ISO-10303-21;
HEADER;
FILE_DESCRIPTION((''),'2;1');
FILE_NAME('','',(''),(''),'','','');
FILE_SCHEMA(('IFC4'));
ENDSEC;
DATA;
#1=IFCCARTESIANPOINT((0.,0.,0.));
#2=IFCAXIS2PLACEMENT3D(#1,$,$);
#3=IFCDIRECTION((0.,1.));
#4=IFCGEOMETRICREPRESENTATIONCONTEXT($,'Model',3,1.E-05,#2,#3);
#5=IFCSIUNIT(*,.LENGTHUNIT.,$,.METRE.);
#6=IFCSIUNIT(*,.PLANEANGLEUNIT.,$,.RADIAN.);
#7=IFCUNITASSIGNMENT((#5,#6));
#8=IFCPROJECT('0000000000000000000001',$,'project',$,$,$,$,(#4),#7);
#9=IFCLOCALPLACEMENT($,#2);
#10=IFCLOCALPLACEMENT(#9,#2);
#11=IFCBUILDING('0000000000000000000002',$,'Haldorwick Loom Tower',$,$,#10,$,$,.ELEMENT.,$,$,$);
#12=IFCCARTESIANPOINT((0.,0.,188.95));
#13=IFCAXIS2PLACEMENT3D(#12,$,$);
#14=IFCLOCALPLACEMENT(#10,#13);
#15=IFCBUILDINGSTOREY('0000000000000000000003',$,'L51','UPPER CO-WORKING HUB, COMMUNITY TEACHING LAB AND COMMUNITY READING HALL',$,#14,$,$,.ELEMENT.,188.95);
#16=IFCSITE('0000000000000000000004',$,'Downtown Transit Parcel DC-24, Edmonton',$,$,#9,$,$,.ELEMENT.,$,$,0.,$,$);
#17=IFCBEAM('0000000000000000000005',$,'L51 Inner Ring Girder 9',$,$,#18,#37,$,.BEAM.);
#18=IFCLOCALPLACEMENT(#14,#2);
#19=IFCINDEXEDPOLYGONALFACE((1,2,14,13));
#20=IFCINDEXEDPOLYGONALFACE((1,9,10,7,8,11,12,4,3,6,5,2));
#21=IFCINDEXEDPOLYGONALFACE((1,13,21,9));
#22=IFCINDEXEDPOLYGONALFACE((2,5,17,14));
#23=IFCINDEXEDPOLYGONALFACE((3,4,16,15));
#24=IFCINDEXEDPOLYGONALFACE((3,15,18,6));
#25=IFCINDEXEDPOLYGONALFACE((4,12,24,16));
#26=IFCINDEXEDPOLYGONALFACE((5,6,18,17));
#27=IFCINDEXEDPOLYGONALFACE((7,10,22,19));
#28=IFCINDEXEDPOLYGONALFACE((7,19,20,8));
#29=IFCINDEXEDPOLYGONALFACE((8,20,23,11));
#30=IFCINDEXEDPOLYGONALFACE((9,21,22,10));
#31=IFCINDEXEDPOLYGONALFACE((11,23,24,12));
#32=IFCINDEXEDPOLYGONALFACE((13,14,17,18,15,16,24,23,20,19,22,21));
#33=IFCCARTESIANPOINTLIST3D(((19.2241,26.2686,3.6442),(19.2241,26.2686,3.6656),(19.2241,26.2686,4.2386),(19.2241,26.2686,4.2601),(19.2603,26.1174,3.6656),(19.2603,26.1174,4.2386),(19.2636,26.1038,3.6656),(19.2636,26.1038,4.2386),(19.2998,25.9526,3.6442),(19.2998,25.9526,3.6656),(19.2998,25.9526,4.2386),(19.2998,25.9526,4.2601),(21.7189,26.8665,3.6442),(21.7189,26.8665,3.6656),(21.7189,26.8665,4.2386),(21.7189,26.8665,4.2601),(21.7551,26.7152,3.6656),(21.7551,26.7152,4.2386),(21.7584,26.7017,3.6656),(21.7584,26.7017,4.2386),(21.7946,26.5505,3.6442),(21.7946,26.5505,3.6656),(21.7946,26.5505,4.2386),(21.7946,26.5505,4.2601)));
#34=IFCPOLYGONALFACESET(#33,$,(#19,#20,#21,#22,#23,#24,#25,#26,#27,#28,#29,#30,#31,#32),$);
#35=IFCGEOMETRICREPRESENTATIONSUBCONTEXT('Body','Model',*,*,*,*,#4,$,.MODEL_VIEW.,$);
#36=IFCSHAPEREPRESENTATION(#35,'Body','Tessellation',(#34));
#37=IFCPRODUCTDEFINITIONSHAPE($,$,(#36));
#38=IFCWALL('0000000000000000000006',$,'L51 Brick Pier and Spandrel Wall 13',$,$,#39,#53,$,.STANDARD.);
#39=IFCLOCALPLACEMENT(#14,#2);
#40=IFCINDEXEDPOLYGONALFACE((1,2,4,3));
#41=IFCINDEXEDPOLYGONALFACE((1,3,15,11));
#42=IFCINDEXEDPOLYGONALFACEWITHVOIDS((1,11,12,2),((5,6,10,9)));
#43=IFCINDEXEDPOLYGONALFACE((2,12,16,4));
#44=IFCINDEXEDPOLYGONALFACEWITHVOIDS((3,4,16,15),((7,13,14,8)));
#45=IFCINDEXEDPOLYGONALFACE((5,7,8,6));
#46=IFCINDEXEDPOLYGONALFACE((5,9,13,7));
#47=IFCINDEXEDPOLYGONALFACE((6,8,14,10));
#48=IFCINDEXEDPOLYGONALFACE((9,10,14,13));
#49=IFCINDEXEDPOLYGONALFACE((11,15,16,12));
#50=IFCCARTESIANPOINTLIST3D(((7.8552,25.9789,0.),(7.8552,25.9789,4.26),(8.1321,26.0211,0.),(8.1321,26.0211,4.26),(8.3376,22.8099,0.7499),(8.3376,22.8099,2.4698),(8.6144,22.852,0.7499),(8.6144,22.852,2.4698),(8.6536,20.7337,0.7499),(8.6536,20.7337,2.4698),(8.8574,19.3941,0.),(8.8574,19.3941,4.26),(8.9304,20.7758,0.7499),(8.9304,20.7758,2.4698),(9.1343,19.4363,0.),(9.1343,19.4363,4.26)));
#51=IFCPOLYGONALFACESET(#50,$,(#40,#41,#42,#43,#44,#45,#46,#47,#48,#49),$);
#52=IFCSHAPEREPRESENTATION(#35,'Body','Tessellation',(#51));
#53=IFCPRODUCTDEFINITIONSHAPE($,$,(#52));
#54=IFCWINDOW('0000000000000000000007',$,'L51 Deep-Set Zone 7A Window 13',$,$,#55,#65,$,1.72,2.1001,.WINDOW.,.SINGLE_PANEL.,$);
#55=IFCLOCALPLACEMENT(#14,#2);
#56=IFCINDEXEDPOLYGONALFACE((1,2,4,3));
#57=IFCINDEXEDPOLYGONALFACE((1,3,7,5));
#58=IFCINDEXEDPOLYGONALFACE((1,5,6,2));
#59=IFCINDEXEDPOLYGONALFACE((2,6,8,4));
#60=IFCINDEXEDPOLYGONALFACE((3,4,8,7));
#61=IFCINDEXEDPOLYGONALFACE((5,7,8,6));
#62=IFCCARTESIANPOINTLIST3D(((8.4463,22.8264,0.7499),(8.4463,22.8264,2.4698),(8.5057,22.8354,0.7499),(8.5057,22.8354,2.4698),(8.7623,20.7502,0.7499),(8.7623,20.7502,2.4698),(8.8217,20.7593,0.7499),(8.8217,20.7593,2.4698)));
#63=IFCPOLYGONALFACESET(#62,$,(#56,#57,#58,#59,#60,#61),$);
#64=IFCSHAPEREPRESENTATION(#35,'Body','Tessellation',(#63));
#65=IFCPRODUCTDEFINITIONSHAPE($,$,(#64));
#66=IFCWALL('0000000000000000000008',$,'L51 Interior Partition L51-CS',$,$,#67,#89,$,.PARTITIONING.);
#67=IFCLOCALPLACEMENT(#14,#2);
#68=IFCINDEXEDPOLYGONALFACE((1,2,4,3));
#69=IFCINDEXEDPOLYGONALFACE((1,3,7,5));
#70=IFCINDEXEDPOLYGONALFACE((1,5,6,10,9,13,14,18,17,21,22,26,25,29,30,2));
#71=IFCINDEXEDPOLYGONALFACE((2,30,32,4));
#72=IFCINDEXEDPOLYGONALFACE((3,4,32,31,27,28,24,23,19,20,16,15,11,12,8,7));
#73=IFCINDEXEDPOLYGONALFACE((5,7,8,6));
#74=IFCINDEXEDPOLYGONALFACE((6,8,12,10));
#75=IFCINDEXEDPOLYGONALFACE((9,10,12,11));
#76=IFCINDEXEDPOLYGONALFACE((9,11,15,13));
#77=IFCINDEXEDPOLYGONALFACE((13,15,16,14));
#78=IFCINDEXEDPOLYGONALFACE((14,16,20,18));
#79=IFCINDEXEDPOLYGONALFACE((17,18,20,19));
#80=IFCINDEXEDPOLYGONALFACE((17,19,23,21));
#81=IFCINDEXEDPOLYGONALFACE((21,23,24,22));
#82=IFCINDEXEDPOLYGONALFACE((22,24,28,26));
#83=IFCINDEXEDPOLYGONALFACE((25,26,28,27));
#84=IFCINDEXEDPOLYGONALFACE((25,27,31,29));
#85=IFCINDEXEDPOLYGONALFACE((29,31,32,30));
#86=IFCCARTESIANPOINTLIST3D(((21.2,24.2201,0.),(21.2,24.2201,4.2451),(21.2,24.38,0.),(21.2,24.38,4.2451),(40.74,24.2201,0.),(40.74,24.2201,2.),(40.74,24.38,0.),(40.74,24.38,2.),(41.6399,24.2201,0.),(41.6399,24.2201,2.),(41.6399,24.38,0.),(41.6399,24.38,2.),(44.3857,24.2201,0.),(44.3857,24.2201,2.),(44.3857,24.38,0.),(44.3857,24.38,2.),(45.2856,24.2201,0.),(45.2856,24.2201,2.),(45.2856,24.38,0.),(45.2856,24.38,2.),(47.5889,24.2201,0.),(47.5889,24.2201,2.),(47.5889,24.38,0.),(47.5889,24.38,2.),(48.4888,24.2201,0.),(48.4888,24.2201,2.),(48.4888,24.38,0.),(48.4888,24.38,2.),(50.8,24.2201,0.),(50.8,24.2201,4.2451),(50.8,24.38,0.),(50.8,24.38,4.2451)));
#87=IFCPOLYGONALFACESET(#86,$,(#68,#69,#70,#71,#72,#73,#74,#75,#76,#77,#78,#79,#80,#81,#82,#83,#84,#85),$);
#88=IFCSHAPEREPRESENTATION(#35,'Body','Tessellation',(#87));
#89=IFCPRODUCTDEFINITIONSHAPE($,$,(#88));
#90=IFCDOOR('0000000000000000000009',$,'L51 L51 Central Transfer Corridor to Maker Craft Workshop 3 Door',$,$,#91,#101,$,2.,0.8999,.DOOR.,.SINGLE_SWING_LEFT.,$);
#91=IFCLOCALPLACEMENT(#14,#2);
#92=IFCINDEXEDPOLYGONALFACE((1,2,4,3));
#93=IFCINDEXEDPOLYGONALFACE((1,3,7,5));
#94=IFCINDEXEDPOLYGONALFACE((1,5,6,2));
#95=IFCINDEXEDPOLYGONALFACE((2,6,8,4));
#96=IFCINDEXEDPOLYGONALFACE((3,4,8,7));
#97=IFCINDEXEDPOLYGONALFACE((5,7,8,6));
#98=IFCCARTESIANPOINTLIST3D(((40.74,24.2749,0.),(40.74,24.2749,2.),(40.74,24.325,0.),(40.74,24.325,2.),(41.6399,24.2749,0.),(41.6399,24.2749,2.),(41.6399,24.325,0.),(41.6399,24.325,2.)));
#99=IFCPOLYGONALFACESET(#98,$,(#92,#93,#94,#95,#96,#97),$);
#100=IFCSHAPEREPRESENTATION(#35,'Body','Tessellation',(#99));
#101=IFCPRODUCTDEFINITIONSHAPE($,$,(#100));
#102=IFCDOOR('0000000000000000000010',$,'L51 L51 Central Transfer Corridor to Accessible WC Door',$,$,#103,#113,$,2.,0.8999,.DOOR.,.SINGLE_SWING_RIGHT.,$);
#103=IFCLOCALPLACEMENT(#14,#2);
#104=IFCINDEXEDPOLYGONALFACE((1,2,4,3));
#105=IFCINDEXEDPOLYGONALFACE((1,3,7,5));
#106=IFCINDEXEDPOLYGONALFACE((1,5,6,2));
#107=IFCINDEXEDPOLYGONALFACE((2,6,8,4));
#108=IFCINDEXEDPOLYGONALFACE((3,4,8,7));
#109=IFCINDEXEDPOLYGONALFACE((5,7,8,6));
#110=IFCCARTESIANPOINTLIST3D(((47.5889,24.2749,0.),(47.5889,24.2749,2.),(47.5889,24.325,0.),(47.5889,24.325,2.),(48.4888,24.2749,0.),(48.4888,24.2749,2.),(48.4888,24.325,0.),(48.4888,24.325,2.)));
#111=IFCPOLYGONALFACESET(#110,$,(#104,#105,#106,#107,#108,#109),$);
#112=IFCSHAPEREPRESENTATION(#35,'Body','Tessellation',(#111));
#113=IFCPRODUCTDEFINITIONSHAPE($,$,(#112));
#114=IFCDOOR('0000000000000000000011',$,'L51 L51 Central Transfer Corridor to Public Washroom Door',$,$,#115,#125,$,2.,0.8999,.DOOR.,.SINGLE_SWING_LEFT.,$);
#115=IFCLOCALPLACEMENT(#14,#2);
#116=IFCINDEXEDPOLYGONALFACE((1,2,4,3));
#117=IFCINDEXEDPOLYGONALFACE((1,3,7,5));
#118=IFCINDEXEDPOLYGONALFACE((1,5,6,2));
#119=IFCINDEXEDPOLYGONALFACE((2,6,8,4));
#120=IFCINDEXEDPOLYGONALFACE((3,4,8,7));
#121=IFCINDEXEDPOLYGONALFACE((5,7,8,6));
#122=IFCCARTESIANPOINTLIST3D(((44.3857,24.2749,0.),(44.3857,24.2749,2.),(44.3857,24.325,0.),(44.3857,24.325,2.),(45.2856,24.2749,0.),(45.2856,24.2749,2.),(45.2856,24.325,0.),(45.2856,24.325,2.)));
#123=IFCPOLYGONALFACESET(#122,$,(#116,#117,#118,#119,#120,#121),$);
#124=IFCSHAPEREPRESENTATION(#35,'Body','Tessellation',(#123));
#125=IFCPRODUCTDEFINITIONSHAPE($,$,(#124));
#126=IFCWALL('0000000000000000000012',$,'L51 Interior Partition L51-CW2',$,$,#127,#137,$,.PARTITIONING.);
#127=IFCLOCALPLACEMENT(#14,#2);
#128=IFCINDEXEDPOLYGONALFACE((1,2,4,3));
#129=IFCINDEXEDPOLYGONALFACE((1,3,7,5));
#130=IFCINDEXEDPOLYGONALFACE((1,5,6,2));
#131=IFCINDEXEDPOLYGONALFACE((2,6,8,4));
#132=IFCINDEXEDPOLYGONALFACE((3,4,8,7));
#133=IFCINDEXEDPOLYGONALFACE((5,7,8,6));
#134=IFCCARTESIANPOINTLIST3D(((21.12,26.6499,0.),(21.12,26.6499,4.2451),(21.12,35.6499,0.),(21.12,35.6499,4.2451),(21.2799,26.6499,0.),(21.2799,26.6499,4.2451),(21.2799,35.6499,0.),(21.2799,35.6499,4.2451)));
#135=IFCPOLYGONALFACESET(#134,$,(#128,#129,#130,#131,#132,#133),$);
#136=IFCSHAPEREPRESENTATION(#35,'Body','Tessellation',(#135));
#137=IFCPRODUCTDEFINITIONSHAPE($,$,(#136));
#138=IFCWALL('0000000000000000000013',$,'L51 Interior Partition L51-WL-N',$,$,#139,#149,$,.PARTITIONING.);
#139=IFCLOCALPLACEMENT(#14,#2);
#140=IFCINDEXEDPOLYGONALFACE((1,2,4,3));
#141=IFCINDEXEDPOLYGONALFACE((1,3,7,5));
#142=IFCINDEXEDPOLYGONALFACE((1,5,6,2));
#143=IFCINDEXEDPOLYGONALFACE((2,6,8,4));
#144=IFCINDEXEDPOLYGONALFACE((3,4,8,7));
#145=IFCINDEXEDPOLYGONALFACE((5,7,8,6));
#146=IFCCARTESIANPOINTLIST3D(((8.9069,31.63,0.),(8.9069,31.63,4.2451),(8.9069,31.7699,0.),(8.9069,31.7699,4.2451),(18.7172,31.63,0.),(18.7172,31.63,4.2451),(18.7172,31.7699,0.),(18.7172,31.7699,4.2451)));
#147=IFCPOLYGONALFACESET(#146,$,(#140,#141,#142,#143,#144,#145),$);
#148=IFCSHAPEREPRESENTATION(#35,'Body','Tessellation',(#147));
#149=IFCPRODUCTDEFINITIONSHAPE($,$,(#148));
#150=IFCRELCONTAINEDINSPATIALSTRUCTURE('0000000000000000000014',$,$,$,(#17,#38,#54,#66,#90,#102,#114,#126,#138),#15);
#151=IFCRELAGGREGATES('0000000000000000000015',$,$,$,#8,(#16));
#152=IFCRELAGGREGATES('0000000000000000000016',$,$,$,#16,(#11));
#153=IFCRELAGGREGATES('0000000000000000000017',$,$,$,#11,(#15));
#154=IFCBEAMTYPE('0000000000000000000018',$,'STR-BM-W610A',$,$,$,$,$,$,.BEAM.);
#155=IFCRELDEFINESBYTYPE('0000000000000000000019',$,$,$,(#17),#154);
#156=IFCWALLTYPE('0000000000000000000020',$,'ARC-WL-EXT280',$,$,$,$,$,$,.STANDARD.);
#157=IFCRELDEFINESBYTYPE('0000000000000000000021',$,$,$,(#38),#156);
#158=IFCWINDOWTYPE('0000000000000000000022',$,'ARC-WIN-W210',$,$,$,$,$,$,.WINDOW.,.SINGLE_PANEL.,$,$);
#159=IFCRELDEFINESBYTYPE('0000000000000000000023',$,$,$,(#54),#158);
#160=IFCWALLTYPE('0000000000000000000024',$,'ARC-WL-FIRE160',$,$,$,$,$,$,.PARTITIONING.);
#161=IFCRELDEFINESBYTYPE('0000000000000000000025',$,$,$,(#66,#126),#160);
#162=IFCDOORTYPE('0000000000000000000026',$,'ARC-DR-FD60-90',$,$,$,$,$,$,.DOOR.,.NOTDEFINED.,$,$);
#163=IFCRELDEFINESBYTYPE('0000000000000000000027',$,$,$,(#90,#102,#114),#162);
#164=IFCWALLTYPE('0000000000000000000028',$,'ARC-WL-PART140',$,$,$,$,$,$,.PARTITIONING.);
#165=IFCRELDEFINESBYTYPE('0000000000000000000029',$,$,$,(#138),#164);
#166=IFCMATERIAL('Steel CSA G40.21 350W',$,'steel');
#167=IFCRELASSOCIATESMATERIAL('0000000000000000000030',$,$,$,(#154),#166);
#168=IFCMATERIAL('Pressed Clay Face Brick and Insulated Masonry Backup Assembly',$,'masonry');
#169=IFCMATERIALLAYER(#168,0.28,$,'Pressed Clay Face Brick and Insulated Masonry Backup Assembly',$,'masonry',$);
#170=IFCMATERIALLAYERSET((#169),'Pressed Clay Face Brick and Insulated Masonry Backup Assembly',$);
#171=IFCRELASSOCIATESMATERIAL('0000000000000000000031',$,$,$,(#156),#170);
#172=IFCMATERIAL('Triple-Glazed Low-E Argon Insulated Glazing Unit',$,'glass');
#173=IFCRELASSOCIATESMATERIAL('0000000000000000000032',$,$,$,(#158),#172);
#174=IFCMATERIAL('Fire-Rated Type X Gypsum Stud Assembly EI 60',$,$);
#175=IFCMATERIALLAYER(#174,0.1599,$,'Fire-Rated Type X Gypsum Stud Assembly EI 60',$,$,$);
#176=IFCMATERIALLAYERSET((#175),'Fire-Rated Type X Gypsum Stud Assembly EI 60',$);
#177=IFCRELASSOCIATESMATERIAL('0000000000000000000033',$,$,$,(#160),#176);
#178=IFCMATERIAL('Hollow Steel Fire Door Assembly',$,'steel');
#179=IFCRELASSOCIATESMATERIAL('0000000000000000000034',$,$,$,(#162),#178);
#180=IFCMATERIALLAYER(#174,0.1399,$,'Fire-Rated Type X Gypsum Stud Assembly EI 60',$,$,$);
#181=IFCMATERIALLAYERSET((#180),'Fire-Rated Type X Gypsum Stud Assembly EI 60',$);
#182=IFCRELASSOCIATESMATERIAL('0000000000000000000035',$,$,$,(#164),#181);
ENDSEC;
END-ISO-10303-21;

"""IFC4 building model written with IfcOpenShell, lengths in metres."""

from ifc_helpers import new_model, si_unit, direction, frame, frame_2d, origin, origin_2d, place, context, subcontext, project, spatial, rectangle, i_section, extrude, material, layer, layer_set, material_profile, profile_set, type_object, element, fill, save


model = new_model("IFC4")

# Units and contexts
model_context = context("Model", 3, precision=1e-05, world=origin(), true_north=direction((0.0, 1.0)))
body_context = subcontext(model_context, "Body", "Model", "MODEL_VIEW")
ifc_project = project(units=[si_unit("LENGTHUNIT", "METRE"), si_unit("PLANEANGLEUNIT", "RADIAN")], contexts=[model_context])

# Site, building, storey
site_placement = place(None, origin())
site = spatial("IfcSite", under=ifc_project, at=site_placement, Name="Downtown Transit Parcel DC-24, Edmonton", CompositionType="ELEMENT", RefElevation=0.0)
building_placement = place(site_placement, origin())
building = spatial("IfcBuilding", under=site, at=building_placement, Name="Haldorwick Loom Tower", CompositionType="ELEMENT")
storey_placement = place(building_placement, frame((0.0, 0.0, 188.95)))
storey = spatial("IfcBuildingStorey", under=building, at=storey_placement, Name="L51", Description="UPPER CO-WORKING HUB, COMMUNITY TEACHING LAB AND COMMUNITY READING HALL", CompositionType="ELEMENT", Elevation=188.95)

# Beam
ifc_material_1 = material(Name="Steel CSA G40.21 350W", Category="steel")
ifc_material_profile_1 = material_profile(ifc_material_1, i_section(OverallWidth=0.325, OverallDepth=0.616, WebThickness=0.0139, FlangeThickness=0.0215, at=origin_2d()), Name="W610X174", Category="steel")
ifc_profile_set_1 = profile_set([ifc_material_profile_1], Name="Steel CSA G40.21 350W")
beam_type_1 = type_object("IfcBeamType", Name="STR-BM-W610A", PredefinedType="BEAM", material=ifc_profile_set_1)
beam_1_placement = place(storey_placement, frame((19.262, 26.1106, 3.9521), z_axis=(0.972464, 0.233053, 0.0), x_axis=(-0.233053, 0.972464, 0.0)))
element("IfcBeam", 1, at=beam_1_placement, inside=storey, type_object=beam_type_1, Name="L51 Inner Ring Girder 9", PredefinedType="BEAM", context=body_context, shape_type="SweptSolid", body=[
    extrude(i_section(OverallWidth=0.325, OverallDepth=0.616, WebThickness=0.0139, FlangeThickness=0.0215, at=origin_2d()), origin(), (0.0, 0.0, 1.0), 2.5654),
])

# Wall, opening, window
ifc_material_2 = material(Name="Pressed Clay Face Brick and Insulated Masonry Backup Assembly", Category="masonry")
ifc_layer_1 = layer(ifc_material_2, 0.28, Name="Pressed Clay Face Brick and Insulated Masonry Backup Assembly", Category="masonry")
ifc_layer_set_1 = layer_set([ifc_layer_1], Name="Pressed Clay Face Brick and Insulated Masonry Backup Assembly")
wall_type_1 = type_object("IfcWallType", Name="ARC-WL-EXT280", PredefinedType="STANDARD", material=ifc_layer_set_1)
wall_1_placement = place(storey_placement, frame((7.9937, 26.0, 0.0), z_axis=(0.0, 0.0, 1.0), x_axis=(0.150468, -0.988615, 0.0)))
wall_1 = element("IfcWall", 2, at=wall_1_placement, inside=storey, type_object=wall_type_1, Name="L51 Brick Pier and Spandrel Wall 13", PredefinedType="STANDARD", context=body_context, shape_type="SweptSolid", body=[
    extrude(rectangle(XDim=6.6606, YDim=0.28, at=frame_2d((3.3303, 0.0))), origin(), (0.0, 0.0, 1.0), 4.26),
])
opening_1_placement = place(wall_1_placement, frame((3.2056, 0.0, 0.75)))
opening_1 = element("IfcOpeningElement", 3, at=opening_1_placement, cuts=wall_1, PredefinedType="OPENING", context=body_context, shape_type="SweptSolid", body=[
    extrude(rectangle(XDim=2.1001, YDim=1.72, at=frame_2d((1.05, 0.8599))), frame((0.0, 0.1499, 0.0), z_axis=(0.0, -1.0, 0.0), x_axis=(1.0, 0.0, 0.0)), (0.0, 0.0, 1.0), 0.3),
])
ifc_material_3 = material(Name="Triple-Glazed Low-E Argon Insulated Glazing Unit", Category="glass")
window_type = type_object("IfcWindowType", Name="ARC-WIN-W210", PartitioningType="SINGLE_PANEL", PredefinedType="WINDOW", material=ifc_material_3)
window_placement = place(opening_1_placement, origin())
window = element("IfcWindow", 4, at=window_placement, inside=storey, type_object=window_type, Name="L51 Deep-Set Zone 7A Window 13", OverallHeight=1.72, OverallWidth=2.1001, PartitioningType="SINGLE_PANEL", PredefinedType="WINDOW", context=body_context, shape_type="SweptSolid", body=[
    extrude(rectangle(XDim=2.1001, YDim=1.72, at=frame_2d((1.05, 0.8599))), frame((0.0, 0.03, 0.0), z_axis=(0.0, -1.0, 0.0), x_axis=(1.0, 0.0, 0.0)), (0.0, 0.0, 1.0), 0.0601),
])
fill(opening_1, window)

# Wall, openings, doors
ifc_material_4 = material(Name="Fire-Rated Type X Gypsum Stud Assembly EI 60")
ifc_layer_2 = layer(ifc_material_4, 0.1599, Name="Fire-Rated Type X Gypsum Stud Assembly EI 60")
ifc_layer_set_2 = layer_set([ifc_layer_2], Name="Fire-Rated Type X Gypsum Stud Assembly EI 60")
wall_type_2 = type_object("IfcWallType", Name="ARC-WL-FIRE160", PredefinedType="PARTITIONING", material=ifc_layer_set_2)
wall_2_placement = place(storey_placement, frame((21.2, 24.3, 0.0), z_axis=(0.0, 0.0, 1.0), x_axis=(1.0, 0.0, 0.0)))
wall_2 = element("IfcWall", 5, at=wall_2_placement, inside=storey, type_object=wall_type_2, Name="L51 Interior Partition L51-CS", PredefinedType="PARTITIONING", context=body_context, shape_type="SweptSolid", body=[
    extrude(rectangle(XDim=29.6001, YDim=0.1599, at=frame_2d((14.8, 0.0))), origin(), (0.0, 0.0, 1.0), 4.2451),
])
opening_2_placement = place(wall_2_placement, frame((19.54, 0.0, 0.0)))
opening_2 = element("IfcOpeningElement", 6, at=opening_2_placement, cuts=wall_2, PredefinedType="OPENING", context=body_context, shape_type="SweptSolid", body=[
    extrude(rectangle(XDim=0.8999, YDim=2.0, at=frame_2d((0.45, 1.0))), frame((0.0, 0.0898, 0.0), z_axis=(0.0, -1.0, 0.0), x_axis=(1.0, 0.0, 0.0)), (0.0, 0.0, 1.0), 0.1799),
])
opening_3_placement = place(wall_2_placement, frame((26.3889, 0.0, 0.0)))
opening_3 = element("IfcOpeningElement", 7, at=opening_3_placement, cuts=wall_2, PredefinedType="OPENING", context=body_context, shape_type="SweptSolid", body=[
    extrude(rectangle(XDim=0.8999, YDim=2.0, at=frame_2d((0.45, 1.0))), frame((0.0, 0.0898, 0.0), z_axis=(0.0, -1.0, 0.0), x_axis=(1.0, 0.0, 0.0)), (0.0, 0.0, 1.0), 0.1799),
])
opening_4_placement = place(wall_2_placement, frame((23.1858, 0.0, 0.0)))
opening_4 = element("IfcOpeningElement", 8, at=opening_4_placement, cuts=wall_2, PredefinedType="OPENING", context=body_context, shape_type="SweptSolid", body=[
    extrude(rectangle(XDim=0.8999, YDim=2.0, at=frame_2d((0.45, 1.0))), frame((0.0, 0.0898, 0.0), z_axis=(0.0, -1.0, 0.0), x_axis=(1.0, 0.0, 0.0)), (0.0, 0.0, 1.0), 0.1799),
])
ifc_material_5 = material(Name="Hollow Steel Fire Door Assembly", Category="steel")
door_type_1 = type_object("IfcDoorType", Name="ARC-DR-FD60-90", OperationType="NOTDEFINED", PredefinedType="DOOR", material=ifc_material_5)
door_1_placement = place(opening_2_placement, origin())
door_1 = element("IfcDoor", 9, at=door_1_placement, inside=storey, type_object=door_type_1, Name="L51 L51 Central Transfer Corridor to Maker Craft Workshop 3 Door", OperationType="SINGLE_SWING_LEFT", OverallHeight=2.0, OverallWidth=0.8999, PredefinedType="DOOR", context=body_context, shape_type="SweptSolid", body=[
    extrude(rectangle(XDim=0.8999, YDim=2.0, at=frame_2d((0.45, 1.0))), frame((0.0, 0.0249, 0.0), z_axis=(0.0, -1.0, 0.0), x_axis=(1.0, 0.0, 0.0)), (0.0, 0.0, 1.0), 0.05),
])
fill(opening_2, door_1)
door_2_placement = place(opening_3_placement, origin())
door_2 = element("IfcDoor", 10, at=door_2_placement, inside=storey, type_object=door_type_1, Name="L51 L51 Central Transfer Corridor to Accessible WC Door", OperationType="SINGLE_SWING_RIGHT", OverallHeight=2.0, OverallWidth=0.8999, PredefinedType="DOOR", context=body_context, shape_type="SweptSolid", body=[
    extrude(rectangle(XDim=0.8999, YDim=2.0, at=frame_2d((0.45, 1.0))), frame((0.0, 0.0249, 0.0), z_axis=(0.0, -1.0, 0.0), x_axis=(1.0, 0.0, 0.0)), (0.0, 0.0, 1.0), 0.05),
])
fill(opening_3, door_2)
door_3_placement = place(opening_4_placement, origin())
door_3 = element("IfcDoor", 11, at=door_3_placement, inside=storey, type_object=door_type_1, Name="L51 L51 Central Transfer Corridor to Public Washroom Door", OperationType="SINGLE_SWING_LEFT", OverallHeight=2.0, OverallWidth=0.8999, PredefinedType="DOOR", context=body_context, shape_type="SweptSolid", body=[
    extrude(rectangle(XDim=0.8999, YDim=2.0, at=frame_2d((0.45, 1.0))), frame((0.0, 0.0249, 0.0), z_axis=(0.0, -1.0, 0.0), x_axis=(1.0, 0.0, 0.0)), (0.0, 0.0, 1.0), 0.05),
])
fill(opening_4, door_3)

# Walls
wall_3_placement = place(storey_placement, frame((21.2, 26.6499, 0.0), z_axis=(0.0, 0.0, 1.0), x_axis=(0.0, 1.0, 0.0)))
element("IfcWall", 12, at=wall_3_placement, inside=storey, type_object=wall_type_2, Name="L51 Interior Partition L51-CW2", PredefinedType="PARTITIONING", context=body_context, shape_type="SweptSolid", body=[
    extrude(rectangle(XDim=9.0, YDim=0.1599, at=frame_2d((4.5, 0.0))), origin(), (0.0, 0.0, 1.0), 4.2451),
])
ifc_layer_3 = layer(ifc_material_4, 0.1399, Name="Fire-Rated Type X Gypsum Stud Assembly EI 60")
ifc_layer_set_3 = layer_set([ifc_layer_3], Name="Fire-Rated Type X Gypsum Stud Assembly EI 60")
wall_type_3 = type_object("IfcWallType", Name="ARC-WL-PART140", PredefinedType="PARTITIONING", material=ifc_layer_set_3)
wall_4_placement = place(storey_placement, frame((8.9067, 31.7, 0.0), z_axis=(0.0, 0.0, 1.0), x_axis=(1.0, 0.0, 0.0)))
element("IfcWall", 13, at=wall_4_placement, inside=storey, type_object=wall_type_3, Name="L51 Interior Partition L51-WL-N", PredefinedType="PARTITIONING", context=body_context, shape_type="SweptSolid", body=[
    extrude(rectangle(XDim=9.8103, YDim=0.1399, at=frame_2d((4.9053, 0.0))), origin(), (0.0, 0.0, 1.0), 4.2451),
])

save(model, "model.ifc")
